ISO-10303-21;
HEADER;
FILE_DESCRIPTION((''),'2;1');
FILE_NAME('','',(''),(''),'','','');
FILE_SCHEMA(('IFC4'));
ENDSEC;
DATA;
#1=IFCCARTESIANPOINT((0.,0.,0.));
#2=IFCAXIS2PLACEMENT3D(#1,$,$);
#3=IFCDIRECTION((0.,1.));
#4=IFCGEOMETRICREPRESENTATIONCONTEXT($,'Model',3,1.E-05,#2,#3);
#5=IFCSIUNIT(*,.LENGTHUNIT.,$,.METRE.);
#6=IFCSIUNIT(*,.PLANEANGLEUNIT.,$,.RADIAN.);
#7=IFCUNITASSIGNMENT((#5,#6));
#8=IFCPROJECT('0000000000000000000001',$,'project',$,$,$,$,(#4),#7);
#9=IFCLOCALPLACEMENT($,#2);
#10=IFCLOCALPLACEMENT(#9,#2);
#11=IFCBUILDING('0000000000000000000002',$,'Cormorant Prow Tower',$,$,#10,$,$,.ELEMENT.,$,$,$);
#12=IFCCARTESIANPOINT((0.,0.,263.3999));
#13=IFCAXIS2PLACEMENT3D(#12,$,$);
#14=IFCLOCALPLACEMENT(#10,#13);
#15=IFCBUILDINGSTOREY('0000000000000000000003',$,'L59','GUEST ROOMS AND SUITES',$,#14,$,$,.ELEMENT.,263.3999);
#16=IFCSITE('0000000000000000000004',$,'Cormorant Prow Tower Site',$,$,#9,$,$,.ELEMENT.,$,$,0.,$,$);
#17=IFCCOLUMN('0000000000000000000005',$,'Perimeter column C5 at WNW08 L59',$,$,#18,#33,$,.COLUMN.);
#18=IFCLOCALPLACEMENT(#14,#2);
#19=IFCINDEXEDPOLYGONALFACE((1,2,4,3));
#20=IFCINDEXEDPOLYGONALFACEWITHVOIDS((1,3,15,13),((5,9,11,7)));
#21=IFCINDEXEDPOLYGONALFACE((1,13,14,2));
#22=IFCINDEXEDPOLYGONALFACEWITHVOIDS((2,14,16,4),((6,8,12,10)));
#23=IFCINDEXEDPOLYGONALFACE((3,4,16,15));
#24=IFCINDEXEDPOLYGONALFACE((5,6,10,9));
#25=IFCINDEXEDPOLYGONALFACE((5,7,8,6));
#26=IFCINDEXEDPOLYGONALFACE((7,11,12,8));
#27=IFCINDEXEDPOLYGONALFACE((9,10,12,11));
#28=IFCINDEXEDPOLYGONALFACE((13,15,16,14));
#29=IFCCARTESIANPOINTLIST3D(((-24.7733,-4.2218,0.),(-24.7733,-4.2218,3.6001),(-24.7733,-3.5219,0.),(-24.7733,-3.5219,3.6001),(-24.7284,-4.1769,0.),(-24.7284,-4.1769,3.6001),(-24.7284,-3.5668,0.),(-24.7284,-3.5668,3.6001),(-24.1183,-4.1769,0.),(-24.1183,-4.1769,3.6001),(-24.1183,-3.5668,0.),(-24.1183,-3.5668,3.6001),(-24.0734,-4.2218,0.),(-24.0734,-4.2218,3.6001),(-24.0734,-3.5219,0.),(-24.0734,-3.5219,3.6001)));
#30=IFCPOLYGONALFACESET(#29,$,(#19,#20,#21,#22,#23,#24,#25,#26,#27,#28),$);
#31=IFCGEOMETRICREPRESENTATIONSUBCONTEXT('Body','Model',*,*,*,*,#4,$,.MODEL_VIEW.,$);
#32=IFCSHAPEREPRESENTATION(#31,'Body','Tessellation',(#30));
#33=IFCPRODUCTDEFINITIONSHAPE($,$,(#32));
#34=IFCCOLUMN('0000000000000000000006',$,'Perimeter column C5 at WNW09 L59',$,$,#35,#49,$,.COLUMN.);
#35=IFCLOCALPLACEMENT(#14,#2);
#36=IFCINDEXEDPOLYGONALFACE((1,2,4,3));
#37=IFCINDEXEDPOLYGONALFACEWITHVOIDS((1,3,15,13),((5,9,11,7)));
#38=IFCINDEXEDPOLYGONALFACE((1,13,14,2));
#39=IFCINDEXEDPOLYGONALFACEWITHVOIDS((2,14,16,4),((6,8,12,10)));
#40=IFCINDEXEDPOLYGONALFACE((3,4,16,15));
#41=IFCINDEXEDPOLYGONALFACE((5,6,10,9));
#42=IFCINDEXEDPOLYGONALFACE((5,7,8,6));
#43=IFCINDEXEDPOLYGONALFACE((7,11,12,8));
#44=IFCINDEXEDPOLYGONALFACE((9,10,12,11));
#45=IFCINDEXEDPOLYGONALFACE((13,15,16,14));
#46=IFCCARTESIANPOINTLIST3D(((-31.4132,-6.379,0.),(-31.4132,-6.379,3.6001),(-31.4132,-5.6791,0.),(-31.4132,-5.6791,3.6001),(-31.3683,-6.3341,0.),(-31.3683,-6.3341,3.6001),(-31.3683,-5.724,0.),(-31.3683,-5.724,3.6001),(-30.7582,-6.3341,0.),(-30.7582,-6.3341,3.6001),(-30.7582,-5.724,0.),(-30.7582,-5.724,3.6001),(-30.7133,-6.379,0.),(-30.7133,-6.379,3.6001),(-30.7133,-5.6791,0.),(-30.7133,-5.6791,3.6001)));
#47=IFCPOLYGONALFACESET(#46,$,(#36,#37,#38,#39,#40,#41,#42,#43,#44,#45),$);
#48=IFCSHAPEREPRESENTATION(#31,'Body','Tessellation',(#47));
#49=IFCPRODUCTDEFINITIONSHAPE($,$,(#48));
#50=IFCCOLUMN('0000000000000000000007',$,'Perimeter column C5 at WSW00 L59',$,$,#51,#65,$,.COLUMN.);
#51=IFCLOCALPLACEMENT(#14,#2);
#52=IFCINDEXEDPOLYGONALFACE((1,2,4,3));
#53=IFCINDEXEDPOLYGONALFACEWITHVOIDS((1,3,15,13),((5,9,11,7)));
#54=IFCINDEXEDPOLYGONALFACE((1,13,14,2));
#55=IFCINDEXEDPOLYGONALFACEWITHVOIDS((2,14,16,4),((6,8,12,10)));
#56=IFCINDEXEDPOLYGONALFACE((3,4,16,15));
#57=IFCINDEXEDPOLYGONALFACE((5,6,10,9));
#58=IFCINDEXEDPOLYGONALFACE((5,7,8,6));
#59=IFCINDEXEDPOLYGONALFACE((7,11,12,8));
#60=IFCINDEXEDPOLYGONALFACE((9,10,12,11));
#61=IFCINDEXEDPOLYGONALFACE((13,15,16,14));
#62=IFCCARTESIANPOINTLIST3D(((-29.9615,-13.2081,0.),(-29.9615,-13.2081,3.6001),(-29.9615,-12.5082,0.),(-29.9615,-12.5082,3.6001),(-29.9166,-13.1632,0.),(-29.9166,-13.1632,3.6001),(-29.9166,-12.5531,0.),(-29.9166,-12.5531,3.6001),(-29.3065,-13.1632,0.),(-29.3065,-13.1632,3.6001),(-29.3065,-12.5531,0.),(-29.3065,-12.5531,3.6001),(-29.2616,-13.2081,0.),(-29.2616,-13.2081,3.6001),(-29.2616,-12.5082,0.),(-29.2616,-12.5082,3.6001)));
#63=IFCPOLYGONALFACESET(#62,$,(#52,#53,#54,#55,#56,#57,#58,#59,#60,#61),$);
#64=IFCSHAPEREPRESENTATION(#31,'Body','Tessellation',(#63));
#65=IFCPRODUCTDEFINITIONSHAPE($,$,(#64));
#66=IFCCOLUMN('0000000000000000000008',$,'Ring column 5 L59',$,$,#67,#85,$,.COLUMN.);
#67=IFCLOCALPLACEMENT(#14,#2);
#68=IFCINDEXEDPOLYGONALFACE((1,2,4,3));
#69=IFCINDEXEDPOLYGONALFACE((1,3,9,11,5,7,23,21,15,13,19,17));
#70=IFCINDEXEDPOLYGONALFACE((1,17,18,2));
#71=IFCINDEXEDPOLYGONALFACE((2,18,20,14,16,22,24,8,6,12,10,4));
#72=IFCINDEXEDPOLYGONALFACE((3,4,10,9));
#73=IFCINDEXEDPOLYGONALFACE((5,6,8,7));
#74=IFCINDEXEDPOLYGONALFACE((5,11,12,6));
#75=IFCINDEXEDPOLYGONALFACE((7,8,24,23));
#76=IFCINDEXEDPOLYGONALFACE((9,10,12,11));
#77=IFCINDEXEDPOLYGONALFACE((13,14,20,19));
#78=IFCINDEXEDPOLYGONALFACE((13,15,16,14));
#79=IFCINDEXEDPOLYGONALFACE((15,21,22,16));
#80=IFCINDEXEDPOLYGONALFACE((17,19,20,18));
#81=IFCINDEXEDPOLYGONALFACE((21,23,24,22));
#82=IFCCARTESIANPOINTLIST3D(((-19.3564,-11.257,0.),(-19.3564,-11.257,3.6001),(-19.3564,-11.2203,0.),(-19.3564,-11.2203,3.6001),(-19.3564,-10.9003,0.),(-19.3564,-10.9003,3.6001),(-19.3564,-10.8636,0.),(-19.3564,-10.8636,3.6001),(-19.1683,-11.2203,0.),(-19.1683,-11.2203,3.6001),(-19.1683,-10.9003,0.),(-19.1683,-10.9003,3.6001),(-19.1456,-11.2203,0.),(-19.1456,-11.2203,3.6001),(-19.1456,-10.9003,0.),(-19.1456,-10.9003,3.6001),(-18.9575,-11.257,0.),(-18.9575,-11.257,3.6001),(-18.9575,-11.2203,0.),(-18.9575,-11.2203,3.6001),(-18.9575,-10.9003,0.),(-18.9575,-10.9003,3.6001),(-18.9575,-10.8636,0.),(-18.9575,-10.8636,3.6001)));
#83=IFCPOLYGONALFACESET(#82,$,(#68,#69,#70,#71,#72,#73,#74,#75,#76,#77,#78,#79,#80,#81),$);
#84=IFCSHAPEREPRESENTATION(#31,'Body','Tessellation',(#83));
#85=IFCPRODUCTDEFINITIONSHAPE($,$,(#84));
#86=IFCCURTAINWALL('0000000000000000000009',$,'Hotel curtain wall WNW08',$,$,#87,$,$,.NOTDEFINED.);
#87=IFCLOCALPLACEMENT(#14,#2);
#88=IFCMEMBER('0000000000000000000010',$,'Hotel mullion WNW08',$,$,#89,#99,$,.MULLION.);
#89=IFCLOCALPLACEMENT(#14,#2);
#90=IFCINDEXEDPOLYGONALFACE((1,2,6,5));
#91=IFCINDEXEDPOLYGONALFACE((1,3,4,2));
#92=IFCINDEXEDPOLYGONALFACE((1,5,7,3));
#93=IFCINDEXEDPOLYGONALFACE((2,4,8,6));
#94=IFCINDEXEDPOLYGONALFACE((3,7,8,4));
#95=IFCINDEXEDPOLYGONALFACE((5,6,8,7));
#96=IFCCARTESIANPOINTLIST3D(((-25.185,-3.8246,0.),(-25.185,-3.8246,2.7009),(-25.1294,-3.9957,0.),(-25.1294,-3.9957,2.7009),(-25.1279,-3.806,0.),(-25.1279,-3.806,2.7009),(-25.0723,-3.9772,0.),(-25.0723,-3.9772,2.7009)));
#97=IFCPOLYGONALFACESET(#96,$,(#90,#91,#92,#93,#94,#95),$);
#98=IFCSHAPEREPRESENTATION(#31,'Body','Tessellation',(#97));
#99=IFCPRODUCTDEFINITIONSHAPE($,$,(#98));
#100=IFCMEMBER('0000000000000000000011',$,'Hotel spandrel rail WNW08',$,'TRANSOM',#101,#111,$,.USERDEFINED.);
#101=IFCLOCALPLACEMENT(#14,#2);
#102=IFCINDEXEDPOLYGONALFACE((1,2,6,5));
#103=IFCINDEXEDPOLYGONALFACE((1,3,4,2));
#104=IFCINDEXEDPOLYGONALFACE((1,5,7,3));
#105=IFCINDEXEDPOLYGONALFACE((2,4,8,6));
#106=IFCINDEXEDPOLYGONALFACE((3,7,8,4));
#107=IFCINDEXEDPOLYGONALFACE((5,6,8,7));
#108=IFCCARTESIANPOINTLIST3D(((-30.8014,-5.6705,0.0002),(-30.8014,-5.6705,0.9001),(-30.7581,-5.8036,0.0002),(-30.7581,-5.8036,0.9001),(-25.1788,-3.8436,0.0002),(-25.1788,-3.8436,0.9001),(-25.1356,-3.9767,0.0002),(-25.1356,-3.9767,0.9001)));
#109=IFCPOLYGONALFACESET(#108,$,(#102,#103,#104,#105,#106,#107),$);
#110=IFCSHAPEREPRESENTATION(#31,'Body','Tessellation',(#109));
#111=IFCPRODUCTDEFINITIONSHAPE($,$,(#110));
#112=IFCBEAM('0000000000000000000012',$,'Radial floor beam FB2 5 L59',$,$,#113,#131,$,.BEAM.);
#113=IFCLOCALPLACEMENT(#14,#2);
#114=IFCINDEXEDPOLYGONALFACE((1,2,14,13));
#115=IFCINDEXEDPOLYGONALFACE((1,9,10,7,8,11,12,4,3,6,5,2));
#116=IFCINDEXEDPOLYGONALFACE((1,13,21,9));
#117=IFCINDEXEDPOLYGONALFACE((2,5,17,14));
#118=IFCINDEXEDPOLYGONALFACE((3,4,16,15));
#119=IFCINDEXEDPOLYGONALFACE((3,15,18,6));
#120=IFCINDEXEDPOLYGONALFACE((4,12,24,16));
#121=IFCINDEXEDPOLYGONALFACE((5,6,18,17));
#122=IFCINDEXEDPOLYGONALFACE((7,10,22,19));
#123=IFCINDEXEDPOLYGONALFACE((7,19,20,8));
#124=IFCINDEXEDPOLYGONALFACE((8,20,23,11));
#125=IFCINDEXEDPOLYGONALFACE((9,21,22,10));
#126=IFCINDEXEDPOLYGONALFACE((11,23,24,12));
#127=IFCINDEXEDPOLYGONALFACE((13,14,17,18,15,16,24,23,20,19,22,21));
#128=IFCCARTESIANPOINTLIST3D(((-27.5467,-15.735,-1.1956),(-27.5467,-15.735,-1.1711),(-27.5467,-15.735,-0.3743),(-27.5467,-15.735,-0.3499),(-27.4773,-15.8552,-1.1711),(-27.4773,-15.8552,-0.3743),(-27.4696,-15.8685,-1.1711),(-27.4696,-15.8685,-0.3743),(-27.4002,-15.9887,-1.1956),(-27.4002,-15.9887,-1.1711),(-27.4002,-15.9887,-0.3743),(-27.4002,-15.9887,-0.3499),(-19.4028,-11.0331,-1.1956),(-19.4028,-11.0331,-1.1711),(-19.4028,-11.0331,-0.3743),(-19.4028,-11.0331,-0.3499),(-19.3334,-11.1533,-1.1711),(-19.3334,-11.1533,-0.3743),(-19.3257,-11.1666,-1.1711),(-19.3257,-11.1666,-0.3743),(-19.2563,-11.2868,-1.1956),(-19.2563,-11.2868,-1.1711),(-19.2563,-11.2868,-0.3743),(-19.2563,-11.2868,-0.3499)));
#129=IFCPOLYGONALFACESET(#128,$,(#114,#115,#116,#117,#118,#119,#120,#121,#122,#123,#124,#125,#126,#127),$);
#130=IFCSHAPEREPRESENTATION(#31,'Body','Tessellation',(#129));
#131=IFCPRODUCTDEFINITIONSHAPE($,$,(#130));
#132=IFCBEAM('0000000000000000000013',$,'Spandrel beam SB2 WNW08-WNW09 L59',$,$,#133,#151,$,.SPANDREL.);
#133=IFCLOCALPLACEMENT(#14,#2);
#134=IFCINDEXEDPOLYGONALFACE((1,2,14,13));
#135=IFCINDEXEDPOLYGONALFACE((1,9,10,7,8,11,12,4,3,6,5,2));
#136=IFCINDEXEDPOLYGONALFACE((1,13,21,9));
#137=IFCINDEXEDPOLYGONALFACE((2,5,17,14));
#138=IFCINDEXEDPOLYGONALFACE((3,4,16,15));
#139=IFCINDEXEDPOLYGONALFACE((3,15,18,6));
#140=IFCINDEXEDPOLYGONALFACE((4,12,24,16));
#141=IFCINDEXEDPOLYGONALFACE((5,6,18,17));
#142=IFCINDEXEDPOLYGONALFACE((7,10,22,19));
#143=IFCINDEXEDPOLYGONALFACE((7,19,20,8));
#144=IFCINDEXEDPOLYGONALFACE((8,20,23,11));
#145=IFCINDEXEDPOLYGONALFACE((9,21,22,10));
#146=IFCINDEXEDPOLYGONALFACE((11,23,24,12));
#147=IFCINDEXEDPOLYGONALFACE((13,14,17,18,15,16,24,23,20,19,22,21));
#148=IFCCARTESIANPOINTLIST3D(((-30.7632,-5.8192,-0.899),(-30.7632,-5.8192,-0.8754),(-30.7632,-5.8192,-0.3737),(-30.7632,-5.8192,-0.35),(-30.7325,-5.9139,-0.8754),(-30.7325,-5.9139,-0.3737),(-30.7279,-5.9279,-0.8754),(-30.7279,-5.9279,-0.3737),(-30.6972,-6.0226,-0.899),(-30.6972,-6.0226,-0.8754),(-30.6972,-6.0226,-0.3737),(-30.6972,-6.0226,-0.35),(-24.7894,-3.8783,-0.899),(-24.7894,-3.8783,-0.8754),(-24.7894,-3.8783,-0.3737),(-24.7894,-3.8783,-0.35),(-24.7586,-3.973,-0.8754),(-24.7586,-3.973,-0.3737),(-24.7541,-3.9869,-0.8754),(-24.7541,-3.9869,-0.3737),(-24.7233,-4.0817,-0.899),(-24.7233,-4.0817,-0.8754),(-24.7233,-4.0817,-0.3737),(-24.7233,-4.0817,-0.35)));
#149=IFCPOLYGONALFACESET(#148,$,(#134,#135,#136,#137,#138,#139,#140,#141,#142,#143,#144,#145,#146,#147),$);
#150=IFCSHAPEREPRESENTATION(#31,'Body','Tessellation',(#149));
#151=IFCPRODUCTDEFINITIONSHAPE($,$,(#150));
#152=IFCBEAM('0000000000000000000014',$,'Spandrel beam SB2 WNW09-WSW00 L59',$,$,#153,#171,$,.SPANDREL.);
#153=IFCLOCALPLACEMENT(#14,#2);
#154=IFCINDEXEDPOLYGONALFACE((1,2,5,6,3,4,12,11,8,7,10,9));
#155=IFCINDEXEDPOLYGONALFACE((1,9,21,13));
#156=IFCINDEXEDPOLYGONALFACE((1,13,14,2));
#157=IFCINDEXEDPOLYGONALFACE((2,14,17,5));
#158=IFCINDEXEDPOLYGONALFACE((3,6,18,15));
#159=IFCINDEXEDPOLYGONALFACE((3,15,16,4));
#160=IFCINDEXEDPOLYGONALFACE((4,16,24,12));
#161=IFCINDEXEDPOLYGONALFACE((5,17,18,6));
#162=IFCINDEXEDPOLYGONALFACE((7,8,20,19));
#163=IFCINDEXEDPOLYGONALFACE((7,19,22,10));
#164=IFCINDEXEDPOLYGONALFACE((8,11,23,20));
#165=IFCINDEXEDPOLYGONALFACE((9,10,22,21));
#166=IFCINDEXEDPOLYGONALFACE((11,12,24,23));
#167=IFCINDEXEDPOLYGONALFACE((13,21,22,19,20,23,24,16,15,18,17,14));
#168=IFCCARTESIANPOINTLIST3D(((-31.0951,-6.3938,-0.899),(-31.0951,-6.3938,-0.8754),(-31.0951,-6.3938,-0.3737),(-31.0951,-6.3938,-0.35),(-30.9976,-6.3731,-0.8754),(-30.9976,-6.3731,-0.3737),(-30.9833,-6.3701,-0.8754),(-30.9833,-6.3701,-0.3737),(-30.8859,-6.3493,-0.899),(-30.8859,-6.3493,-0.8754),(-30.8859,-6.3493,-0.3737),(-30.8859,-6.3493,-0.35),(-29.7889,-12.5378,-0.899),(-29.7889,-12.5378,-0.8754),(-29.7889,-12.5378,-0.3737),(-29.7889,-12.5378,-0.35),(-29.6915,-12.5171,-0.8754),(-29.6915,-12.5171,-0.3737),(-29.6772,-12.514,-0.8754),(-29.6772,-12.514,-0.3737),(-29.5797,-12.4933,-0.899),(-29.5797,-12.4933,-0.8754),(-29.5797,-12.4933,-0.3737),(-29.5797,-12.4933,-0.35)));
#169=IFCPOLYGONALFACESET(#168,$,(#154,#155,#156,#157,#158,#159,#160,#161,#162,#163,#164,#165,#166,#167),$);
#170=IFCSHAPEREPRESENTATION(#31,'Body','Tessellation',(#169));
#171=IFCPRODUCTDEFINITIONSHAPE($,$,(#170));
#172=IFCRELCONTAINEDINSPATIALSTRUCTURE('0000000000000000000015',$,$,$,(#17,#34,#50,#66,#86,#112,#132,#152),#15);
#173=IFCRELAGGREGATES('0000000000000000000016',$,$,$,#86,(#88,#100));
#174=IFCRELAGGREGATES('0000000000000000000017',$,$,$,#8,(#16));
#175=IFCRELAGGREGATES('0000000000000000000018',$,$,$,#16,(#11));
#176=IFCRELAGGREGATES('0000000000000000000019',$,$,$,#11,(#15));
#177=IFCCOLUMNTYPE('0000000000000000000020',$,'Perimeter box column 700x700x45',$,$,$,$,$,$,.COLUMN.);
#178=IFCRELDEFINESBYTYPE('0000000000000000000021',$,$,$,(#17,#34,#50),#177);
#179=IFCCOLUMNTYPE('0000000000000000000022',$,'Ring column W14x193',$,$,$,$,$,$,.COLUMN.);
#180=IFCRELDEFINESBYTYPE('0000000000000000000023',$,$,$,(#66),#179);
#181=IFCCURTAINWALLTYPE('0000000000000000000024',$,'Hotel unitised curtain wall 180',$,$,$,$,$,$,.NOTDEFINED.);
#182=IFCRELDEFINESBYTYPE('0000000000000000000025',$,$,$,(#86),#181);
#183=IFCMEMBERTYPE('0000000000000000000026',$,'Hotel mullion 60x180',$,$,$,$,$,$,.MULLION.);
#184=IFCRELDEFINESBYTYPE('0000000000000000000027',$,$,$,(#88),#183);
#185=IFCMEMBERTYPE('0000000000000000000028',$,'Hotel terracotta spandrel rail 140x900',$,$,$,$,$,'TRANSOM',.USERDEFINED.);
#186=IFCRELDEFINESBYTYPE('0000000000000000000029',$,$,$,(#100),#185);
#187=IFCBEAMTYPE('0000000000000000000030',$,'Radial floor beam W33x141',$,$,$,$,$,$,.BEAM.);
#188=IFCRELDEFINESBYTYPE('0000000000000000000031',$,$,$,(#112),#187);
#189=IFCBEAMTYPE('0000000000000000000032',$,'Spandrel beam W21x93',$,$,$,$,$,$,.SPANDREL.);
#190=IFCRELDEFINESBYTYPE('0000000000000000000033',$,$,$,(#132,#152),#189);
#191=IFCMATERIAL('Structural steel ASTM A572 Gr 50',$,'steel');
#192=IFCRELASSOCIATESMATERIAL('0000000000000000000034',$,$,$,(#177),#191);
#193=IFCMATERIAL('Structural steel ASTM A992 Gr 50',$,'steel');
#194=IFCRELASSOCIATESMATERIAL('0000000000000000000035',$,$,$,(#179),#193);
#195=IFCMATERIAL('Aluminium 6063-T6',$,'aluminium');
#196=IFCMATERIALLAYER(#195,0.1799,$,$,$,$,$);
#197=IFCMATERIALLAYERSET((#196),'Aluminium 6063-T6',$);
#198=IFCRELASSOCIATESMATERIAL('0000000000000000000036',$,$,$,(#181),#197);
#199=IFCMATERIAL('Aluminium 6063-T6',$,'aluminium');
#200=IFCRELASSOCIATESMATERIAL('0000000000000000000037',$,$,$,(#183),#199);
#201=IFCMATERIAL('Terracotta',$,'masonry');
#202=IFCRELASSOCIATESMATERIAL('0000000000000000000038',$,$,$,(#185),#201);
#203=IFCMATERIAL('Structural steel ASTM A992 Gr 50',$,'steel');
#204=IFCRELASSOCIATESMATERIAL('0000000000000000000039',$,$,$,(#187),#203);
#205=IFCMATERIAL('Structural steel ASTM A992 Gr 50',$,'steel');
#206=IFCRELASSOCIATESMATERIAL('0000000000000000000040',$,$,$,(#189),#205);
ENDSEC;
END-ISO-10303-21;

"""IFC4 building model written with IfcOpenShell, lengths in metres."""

from ifc_helpers import new_model, si_unit, direction, frame, origin, origin_2d, place, context, subcontext, project, spatial, rectangle, hollow_rectangle, i_section, extrude, material, layer, layer_set, material_profile, profile_set, type_object, element, aggregate, save


model = new_model("IFC4")

# Units and contexts
model_context = context("Model", 3, precision=1e-05, world=origin(), true_north=direction((0.0, 1.0)))
body_context = subcontext(model_context, "Body", "Model", "MODEL_VIEW")
ifc_project = project(units=[si_unit("LENGTHUNIT", "METRE"), si_unit("PLANEANGLEUNIT", "RADIAN")], contexts=[model_context])

# Site, building, storey
site_placement = place(None, origin())
site = spatial("IfcSite", under=ifc_project, at=site_placement, Name="Cormorant Prow Tower Site", CompositionType="ELEMENT", RefElevation=0.0)
building_placement = place(site_placement, origin())
building = spatial("IfcBuilding", under=site, at=building_placement, Name="Cormorant Prow Tower", CompositionType="ELEMENT")
storey_placement = place(building_placement, frame((0.0, 0.0, 263.3999)))
storey = spatial("IfcBuildingStorey", under=building, at=storey_placement, Name="L59", Description="GUEST ROOMS AND SUITES", CompositionType="ELEMENT", Elevation=263.3999)

# Columns
ifc_material_1 = material(Name="Structural steel ASTM A572 Gr 50", Category="steel")
ifc_material_profile_1 = material_profile(ifc_material_1, hollow_rectangle(XDim=0.7, YDim=0.7, WallThickness=0.0449, at=origin_2d()), Name="Box 700x700x45")
ifc_profile_set_1 = profile_set([ifc_material_profile_1], Name="Structural steel ASTM A572 Gr 50")
column_type_1 = type_object("IfcColumnType", Name="Perimeter box column 700x700x45", PredefinedType="COLUMN", material=ifc_profile_set_1)
for number, where, z_axis, x_axis, name in (
    (1, (-24.4233, -3.8718, 0.0), (0.0, 0.0, 1.0), (1.0, 0.0, 0.0), "Perimeter column C5 at WNW08 L59"),
    (2, (-31.0632, -6.0291, 0.0), (0.0, 0.0, 1.0), (1.0, 0.0, 0.0), "Perimeter column C5 at WNW09 L59"),
    (3, (-29.6116, -12.8582, 0.0), (0.0, 0.0, 1.0), (1.0, 0.0, 0.0), "Perimeter column C5 at WSW00 L59"),
):
    element("IfcColumn", number, at=place(storey_placement, frame(where, z_axis=z_axis, x_axis=x_axis)), inside=storey, type_object=column_type_1, Name=name, PredefinedType="COLUMN", context=body_context, shape_type="SweptSolid", body=[
        extrude(hollow_rectangle(XDim=0.7, YDim=0.7, WallThickness=0.0449, at=origin_2d()), origin(), (0.0, 0.0, 1.0), 3.6001),
    ])
ifc_material_2 = material(Name="Structural steel ASTM A992 Gr 50", Category="steel")
ifc_material_profile_2 = material_profile(ifc_material_2, i_section(OverallWidth=0.3989, OverallDepth=0.3933, WebThickness=0.0227, FlangeThickness=0.0366, at=origin_2d()), Name="W14x193")
ifc_profile_set_2 = profile_set([ifc_material_profile_2], Name="Structural steel ASTM A992 Gr 50")
column_type_2 = type_object("IfcColumnType", Name="Ring column W14x193", PredefinedType="COLUMN", material=ifc_profile_set_2)
column_placement = place(storey_placement, frame((-19.157, -11.0603, 0.0), z_axis=(0.0, 0.0, 1.0), x_axis=(1.0, 0.0, 0.0)))
element("IfcColumn", 4, at=column_placement, inside=storey, type_object=column_type_2, Name="Ring column 5 L59", PredefinedType="COLUMN", context=body_context, shape_type="SweptSolid", body=[
    extrude(i_section(OverallWidth=0.3989, OverallDepth=0.3933, WebThickness=0.0227, FlangeThickness=0.0366, at=origin_2d()), origin(), (0.0, 0.0, 1.0), 3.6001),
])

# Curtain wall, members
ifc_material_3 = material(Name="Aluminium 6063-T6", Category="aluminium")
ifc_layer_1 = layer(ifc_material_3, 0.1799)
ifc_layer_set_1 = layer_set([ifc_layer_1], Name="Aluminium 6063-T6")
curtain_wall_type = type_object("IfcCurtainWallType", Name="Hotel unitised curtain wall 180", PredefinedType="NOTDEFINED", material=ifc_layer_set_1)
curtain_wall_placement = place(storey_placement, origin())
curtain_wall = element("IfcCurtainWall", 5, at=curtain_wall_placement, inside=storey, type_object=curtain_wall_type, Name="Hotel curtain wall WNW08", PredefinedType="NOTDEFINED")
ifc_material_4 = material(Name="Aluminium 6063-T6", Category="aluminium")
ifc_material_profile_3 = material_profile(ifc_material_4, rectangle(XDim=0.1799, YDim=0.0601, at=origin_2d()), Name="Hotel mullion 60x180")
ifc_profile_set_3 = profile_set([ifc_material_profile_3], Name="Aluminium 6063-T6")
member_type_1 = type_object("IfcMemberType", Name="Hotel mullion 60x180", PredefinedType="MULLION", material=ifc_profile_set_3)
member_1_placement = place(storey_placement, frame((-25.1287, -3.9009, 0.0), z_axis=(0.0, 0.0, 1.0), x_axis=(0.309017, -0.951057, 0.0)))
member_1 = element("IfcMember", 6, at=member_1_placement, type_object=member_type_1, Name="Hotel mullion WNW08", PredefinedType="MULLION", context=body_context, shape_type="SweptSolid", body=[
    extrude(rectangle(XDim=0.1799, YDim=0.0601, at=origin_2d()), origin(), (0.0, 0.0, 1.0), 2.7009),
])
ifc_material_5 = material(Name="Terracotta", Category="masonry")
ifc_material_profile_4 = material_profile(ifc_material_5, rectangle(XDim=0.1399, YDim=0.8999, at=origin_2d()), Name="Hotel terracotta spandrel rail 140x900")
ifc_profile_set_4 = profile_set([ifc_material_profile_4], Name="Terracotta")
member_type_2 = type_object("IfcMemberType", Name="Hotel terracotta spandrel rail 140x900", ElementType="TRANSOM", PredefinedType="USERDEFINED", material=ifc_profile_set_4)
member_2_placement = place(storey_placement, frame((-25.1572, -3.9102, 0.4502), z_axis=(-0.951055, -0.309021, 0.0), x_axis=(0.309021, -0.951055, 0.0)))
member_2 = element("IfcMember", 7, at=member_2_placement, type_object=member_type_2, Name="Hotel spandrel rail WNW08", ObjectType="TRANSOM", PredefinedType="USERDEFINED", context=body_context, shape_type="SweptSolid", body=[
    extrude(rectangle(XDim=0.1399, YDim=0.8999, at=origin_2d()), origin(), (0.0, 0.0, 1.0), 5.9119),
])

# Beams
ifc_material_6 = material(Name="Structural steel ASTM A992 Gr 50", Category="steel")
ifc_material_profile_5 = material_profile(ifc_material_6, i_section(OverallWidth=0.293, OverallDepth=0.8457, WebThickness=0.0154, FlangeThickness=0.0244, at=origin_2d()), Name="W33x141")
ifc_profile_set_5 = profile_set([ifc_material_profile_5], Name="Structural steel ASTM A992 Gr 50")
beam_type_1 = type_object("IfcBeamType", Name="Radial floor beam W33x141", PredefinedType="BEAM", material=ifc_profile_set_5)
beam_1_placement = place(storey_placement, frame((-19.3296, -11.1599, -0.7727), z_axis=(-0.866022, -0.500006, 0.0), x_axis=(0.500006, -0.866022, 0.0)))
element("IfcBeam", 8, at=beam_1_placement, inside=storey, type_object=beam_type_1, Name="Radial floor beam FB2 5 L59", PredefinedType="BEAM", context=body_context, shape_type="SweptSolid", body=[
    extrude(i_section(OverallWidth=0.293, OverallDepth=0.8457, WebThickness=0.0154, FlangeThickness=0.0244, at=origin_2d()), origin(), (0.0, 0.0, 1.0), 9.4038),
])
ifc_material_7 = material(Name="Structural steel ASTM A992 Gr 50", Category="steel")
ifc_material_profile_6 = material_profile(ifc_material_7, i_section(OverallWidth=0.2139, OverallDepth=0.5491, WebThickness=0.0146, FlangeThickness=0.0237, at=origin_2d()), Name="W21x93")
ifc_profile_set_6 = profile_set([ifc_material_profile_6], Name="Structural steel ASTM A992 Gr 50")
beam_type_2 = type_object("IfcBeamType", Name="Spandrel beam W21x93", PredefinedType="SPANDREL", material=ifc_profile_set_6)
for number, where, z_axis, x_axis, name in (
    (9, (-24.7563, -3.98, -0.6245), (-0.951062, -0.309001, 0.0), (0.309001, -0.951062, 0.0), "Spandrel beam SB2 WNW08-WNW09 L59"),
    (10, (-30.9905, -6.3716, -0.6245), (0.207941, -0.978141, 0.0), (0.978141, 0.207941, 0.0), "Spandrel beam SB2 WNW09-WSW00 L59"),
):
    element("IfcBeam", number, at=place(storey_placement, frame(where, z_axis=z_axis, x_axis=x_axis)), inside=storey, type_object=beam_type_2, Name=name, PredefinedType="SPANDREL", context=body_context, shape_type="SweptSolid", body=[
        extrude(i_section(OverallWidth=0.2139, OverallDepth=0.5491, WebThickness=0.0146, FlangeThickness=0.0237, at=origin_2d()), origin(), (0.0, 0.0, 1.0), 6.2812),
    ])

aggregate(curtain_wall, [member_1, member_2])

save(model, "model.ifc")
